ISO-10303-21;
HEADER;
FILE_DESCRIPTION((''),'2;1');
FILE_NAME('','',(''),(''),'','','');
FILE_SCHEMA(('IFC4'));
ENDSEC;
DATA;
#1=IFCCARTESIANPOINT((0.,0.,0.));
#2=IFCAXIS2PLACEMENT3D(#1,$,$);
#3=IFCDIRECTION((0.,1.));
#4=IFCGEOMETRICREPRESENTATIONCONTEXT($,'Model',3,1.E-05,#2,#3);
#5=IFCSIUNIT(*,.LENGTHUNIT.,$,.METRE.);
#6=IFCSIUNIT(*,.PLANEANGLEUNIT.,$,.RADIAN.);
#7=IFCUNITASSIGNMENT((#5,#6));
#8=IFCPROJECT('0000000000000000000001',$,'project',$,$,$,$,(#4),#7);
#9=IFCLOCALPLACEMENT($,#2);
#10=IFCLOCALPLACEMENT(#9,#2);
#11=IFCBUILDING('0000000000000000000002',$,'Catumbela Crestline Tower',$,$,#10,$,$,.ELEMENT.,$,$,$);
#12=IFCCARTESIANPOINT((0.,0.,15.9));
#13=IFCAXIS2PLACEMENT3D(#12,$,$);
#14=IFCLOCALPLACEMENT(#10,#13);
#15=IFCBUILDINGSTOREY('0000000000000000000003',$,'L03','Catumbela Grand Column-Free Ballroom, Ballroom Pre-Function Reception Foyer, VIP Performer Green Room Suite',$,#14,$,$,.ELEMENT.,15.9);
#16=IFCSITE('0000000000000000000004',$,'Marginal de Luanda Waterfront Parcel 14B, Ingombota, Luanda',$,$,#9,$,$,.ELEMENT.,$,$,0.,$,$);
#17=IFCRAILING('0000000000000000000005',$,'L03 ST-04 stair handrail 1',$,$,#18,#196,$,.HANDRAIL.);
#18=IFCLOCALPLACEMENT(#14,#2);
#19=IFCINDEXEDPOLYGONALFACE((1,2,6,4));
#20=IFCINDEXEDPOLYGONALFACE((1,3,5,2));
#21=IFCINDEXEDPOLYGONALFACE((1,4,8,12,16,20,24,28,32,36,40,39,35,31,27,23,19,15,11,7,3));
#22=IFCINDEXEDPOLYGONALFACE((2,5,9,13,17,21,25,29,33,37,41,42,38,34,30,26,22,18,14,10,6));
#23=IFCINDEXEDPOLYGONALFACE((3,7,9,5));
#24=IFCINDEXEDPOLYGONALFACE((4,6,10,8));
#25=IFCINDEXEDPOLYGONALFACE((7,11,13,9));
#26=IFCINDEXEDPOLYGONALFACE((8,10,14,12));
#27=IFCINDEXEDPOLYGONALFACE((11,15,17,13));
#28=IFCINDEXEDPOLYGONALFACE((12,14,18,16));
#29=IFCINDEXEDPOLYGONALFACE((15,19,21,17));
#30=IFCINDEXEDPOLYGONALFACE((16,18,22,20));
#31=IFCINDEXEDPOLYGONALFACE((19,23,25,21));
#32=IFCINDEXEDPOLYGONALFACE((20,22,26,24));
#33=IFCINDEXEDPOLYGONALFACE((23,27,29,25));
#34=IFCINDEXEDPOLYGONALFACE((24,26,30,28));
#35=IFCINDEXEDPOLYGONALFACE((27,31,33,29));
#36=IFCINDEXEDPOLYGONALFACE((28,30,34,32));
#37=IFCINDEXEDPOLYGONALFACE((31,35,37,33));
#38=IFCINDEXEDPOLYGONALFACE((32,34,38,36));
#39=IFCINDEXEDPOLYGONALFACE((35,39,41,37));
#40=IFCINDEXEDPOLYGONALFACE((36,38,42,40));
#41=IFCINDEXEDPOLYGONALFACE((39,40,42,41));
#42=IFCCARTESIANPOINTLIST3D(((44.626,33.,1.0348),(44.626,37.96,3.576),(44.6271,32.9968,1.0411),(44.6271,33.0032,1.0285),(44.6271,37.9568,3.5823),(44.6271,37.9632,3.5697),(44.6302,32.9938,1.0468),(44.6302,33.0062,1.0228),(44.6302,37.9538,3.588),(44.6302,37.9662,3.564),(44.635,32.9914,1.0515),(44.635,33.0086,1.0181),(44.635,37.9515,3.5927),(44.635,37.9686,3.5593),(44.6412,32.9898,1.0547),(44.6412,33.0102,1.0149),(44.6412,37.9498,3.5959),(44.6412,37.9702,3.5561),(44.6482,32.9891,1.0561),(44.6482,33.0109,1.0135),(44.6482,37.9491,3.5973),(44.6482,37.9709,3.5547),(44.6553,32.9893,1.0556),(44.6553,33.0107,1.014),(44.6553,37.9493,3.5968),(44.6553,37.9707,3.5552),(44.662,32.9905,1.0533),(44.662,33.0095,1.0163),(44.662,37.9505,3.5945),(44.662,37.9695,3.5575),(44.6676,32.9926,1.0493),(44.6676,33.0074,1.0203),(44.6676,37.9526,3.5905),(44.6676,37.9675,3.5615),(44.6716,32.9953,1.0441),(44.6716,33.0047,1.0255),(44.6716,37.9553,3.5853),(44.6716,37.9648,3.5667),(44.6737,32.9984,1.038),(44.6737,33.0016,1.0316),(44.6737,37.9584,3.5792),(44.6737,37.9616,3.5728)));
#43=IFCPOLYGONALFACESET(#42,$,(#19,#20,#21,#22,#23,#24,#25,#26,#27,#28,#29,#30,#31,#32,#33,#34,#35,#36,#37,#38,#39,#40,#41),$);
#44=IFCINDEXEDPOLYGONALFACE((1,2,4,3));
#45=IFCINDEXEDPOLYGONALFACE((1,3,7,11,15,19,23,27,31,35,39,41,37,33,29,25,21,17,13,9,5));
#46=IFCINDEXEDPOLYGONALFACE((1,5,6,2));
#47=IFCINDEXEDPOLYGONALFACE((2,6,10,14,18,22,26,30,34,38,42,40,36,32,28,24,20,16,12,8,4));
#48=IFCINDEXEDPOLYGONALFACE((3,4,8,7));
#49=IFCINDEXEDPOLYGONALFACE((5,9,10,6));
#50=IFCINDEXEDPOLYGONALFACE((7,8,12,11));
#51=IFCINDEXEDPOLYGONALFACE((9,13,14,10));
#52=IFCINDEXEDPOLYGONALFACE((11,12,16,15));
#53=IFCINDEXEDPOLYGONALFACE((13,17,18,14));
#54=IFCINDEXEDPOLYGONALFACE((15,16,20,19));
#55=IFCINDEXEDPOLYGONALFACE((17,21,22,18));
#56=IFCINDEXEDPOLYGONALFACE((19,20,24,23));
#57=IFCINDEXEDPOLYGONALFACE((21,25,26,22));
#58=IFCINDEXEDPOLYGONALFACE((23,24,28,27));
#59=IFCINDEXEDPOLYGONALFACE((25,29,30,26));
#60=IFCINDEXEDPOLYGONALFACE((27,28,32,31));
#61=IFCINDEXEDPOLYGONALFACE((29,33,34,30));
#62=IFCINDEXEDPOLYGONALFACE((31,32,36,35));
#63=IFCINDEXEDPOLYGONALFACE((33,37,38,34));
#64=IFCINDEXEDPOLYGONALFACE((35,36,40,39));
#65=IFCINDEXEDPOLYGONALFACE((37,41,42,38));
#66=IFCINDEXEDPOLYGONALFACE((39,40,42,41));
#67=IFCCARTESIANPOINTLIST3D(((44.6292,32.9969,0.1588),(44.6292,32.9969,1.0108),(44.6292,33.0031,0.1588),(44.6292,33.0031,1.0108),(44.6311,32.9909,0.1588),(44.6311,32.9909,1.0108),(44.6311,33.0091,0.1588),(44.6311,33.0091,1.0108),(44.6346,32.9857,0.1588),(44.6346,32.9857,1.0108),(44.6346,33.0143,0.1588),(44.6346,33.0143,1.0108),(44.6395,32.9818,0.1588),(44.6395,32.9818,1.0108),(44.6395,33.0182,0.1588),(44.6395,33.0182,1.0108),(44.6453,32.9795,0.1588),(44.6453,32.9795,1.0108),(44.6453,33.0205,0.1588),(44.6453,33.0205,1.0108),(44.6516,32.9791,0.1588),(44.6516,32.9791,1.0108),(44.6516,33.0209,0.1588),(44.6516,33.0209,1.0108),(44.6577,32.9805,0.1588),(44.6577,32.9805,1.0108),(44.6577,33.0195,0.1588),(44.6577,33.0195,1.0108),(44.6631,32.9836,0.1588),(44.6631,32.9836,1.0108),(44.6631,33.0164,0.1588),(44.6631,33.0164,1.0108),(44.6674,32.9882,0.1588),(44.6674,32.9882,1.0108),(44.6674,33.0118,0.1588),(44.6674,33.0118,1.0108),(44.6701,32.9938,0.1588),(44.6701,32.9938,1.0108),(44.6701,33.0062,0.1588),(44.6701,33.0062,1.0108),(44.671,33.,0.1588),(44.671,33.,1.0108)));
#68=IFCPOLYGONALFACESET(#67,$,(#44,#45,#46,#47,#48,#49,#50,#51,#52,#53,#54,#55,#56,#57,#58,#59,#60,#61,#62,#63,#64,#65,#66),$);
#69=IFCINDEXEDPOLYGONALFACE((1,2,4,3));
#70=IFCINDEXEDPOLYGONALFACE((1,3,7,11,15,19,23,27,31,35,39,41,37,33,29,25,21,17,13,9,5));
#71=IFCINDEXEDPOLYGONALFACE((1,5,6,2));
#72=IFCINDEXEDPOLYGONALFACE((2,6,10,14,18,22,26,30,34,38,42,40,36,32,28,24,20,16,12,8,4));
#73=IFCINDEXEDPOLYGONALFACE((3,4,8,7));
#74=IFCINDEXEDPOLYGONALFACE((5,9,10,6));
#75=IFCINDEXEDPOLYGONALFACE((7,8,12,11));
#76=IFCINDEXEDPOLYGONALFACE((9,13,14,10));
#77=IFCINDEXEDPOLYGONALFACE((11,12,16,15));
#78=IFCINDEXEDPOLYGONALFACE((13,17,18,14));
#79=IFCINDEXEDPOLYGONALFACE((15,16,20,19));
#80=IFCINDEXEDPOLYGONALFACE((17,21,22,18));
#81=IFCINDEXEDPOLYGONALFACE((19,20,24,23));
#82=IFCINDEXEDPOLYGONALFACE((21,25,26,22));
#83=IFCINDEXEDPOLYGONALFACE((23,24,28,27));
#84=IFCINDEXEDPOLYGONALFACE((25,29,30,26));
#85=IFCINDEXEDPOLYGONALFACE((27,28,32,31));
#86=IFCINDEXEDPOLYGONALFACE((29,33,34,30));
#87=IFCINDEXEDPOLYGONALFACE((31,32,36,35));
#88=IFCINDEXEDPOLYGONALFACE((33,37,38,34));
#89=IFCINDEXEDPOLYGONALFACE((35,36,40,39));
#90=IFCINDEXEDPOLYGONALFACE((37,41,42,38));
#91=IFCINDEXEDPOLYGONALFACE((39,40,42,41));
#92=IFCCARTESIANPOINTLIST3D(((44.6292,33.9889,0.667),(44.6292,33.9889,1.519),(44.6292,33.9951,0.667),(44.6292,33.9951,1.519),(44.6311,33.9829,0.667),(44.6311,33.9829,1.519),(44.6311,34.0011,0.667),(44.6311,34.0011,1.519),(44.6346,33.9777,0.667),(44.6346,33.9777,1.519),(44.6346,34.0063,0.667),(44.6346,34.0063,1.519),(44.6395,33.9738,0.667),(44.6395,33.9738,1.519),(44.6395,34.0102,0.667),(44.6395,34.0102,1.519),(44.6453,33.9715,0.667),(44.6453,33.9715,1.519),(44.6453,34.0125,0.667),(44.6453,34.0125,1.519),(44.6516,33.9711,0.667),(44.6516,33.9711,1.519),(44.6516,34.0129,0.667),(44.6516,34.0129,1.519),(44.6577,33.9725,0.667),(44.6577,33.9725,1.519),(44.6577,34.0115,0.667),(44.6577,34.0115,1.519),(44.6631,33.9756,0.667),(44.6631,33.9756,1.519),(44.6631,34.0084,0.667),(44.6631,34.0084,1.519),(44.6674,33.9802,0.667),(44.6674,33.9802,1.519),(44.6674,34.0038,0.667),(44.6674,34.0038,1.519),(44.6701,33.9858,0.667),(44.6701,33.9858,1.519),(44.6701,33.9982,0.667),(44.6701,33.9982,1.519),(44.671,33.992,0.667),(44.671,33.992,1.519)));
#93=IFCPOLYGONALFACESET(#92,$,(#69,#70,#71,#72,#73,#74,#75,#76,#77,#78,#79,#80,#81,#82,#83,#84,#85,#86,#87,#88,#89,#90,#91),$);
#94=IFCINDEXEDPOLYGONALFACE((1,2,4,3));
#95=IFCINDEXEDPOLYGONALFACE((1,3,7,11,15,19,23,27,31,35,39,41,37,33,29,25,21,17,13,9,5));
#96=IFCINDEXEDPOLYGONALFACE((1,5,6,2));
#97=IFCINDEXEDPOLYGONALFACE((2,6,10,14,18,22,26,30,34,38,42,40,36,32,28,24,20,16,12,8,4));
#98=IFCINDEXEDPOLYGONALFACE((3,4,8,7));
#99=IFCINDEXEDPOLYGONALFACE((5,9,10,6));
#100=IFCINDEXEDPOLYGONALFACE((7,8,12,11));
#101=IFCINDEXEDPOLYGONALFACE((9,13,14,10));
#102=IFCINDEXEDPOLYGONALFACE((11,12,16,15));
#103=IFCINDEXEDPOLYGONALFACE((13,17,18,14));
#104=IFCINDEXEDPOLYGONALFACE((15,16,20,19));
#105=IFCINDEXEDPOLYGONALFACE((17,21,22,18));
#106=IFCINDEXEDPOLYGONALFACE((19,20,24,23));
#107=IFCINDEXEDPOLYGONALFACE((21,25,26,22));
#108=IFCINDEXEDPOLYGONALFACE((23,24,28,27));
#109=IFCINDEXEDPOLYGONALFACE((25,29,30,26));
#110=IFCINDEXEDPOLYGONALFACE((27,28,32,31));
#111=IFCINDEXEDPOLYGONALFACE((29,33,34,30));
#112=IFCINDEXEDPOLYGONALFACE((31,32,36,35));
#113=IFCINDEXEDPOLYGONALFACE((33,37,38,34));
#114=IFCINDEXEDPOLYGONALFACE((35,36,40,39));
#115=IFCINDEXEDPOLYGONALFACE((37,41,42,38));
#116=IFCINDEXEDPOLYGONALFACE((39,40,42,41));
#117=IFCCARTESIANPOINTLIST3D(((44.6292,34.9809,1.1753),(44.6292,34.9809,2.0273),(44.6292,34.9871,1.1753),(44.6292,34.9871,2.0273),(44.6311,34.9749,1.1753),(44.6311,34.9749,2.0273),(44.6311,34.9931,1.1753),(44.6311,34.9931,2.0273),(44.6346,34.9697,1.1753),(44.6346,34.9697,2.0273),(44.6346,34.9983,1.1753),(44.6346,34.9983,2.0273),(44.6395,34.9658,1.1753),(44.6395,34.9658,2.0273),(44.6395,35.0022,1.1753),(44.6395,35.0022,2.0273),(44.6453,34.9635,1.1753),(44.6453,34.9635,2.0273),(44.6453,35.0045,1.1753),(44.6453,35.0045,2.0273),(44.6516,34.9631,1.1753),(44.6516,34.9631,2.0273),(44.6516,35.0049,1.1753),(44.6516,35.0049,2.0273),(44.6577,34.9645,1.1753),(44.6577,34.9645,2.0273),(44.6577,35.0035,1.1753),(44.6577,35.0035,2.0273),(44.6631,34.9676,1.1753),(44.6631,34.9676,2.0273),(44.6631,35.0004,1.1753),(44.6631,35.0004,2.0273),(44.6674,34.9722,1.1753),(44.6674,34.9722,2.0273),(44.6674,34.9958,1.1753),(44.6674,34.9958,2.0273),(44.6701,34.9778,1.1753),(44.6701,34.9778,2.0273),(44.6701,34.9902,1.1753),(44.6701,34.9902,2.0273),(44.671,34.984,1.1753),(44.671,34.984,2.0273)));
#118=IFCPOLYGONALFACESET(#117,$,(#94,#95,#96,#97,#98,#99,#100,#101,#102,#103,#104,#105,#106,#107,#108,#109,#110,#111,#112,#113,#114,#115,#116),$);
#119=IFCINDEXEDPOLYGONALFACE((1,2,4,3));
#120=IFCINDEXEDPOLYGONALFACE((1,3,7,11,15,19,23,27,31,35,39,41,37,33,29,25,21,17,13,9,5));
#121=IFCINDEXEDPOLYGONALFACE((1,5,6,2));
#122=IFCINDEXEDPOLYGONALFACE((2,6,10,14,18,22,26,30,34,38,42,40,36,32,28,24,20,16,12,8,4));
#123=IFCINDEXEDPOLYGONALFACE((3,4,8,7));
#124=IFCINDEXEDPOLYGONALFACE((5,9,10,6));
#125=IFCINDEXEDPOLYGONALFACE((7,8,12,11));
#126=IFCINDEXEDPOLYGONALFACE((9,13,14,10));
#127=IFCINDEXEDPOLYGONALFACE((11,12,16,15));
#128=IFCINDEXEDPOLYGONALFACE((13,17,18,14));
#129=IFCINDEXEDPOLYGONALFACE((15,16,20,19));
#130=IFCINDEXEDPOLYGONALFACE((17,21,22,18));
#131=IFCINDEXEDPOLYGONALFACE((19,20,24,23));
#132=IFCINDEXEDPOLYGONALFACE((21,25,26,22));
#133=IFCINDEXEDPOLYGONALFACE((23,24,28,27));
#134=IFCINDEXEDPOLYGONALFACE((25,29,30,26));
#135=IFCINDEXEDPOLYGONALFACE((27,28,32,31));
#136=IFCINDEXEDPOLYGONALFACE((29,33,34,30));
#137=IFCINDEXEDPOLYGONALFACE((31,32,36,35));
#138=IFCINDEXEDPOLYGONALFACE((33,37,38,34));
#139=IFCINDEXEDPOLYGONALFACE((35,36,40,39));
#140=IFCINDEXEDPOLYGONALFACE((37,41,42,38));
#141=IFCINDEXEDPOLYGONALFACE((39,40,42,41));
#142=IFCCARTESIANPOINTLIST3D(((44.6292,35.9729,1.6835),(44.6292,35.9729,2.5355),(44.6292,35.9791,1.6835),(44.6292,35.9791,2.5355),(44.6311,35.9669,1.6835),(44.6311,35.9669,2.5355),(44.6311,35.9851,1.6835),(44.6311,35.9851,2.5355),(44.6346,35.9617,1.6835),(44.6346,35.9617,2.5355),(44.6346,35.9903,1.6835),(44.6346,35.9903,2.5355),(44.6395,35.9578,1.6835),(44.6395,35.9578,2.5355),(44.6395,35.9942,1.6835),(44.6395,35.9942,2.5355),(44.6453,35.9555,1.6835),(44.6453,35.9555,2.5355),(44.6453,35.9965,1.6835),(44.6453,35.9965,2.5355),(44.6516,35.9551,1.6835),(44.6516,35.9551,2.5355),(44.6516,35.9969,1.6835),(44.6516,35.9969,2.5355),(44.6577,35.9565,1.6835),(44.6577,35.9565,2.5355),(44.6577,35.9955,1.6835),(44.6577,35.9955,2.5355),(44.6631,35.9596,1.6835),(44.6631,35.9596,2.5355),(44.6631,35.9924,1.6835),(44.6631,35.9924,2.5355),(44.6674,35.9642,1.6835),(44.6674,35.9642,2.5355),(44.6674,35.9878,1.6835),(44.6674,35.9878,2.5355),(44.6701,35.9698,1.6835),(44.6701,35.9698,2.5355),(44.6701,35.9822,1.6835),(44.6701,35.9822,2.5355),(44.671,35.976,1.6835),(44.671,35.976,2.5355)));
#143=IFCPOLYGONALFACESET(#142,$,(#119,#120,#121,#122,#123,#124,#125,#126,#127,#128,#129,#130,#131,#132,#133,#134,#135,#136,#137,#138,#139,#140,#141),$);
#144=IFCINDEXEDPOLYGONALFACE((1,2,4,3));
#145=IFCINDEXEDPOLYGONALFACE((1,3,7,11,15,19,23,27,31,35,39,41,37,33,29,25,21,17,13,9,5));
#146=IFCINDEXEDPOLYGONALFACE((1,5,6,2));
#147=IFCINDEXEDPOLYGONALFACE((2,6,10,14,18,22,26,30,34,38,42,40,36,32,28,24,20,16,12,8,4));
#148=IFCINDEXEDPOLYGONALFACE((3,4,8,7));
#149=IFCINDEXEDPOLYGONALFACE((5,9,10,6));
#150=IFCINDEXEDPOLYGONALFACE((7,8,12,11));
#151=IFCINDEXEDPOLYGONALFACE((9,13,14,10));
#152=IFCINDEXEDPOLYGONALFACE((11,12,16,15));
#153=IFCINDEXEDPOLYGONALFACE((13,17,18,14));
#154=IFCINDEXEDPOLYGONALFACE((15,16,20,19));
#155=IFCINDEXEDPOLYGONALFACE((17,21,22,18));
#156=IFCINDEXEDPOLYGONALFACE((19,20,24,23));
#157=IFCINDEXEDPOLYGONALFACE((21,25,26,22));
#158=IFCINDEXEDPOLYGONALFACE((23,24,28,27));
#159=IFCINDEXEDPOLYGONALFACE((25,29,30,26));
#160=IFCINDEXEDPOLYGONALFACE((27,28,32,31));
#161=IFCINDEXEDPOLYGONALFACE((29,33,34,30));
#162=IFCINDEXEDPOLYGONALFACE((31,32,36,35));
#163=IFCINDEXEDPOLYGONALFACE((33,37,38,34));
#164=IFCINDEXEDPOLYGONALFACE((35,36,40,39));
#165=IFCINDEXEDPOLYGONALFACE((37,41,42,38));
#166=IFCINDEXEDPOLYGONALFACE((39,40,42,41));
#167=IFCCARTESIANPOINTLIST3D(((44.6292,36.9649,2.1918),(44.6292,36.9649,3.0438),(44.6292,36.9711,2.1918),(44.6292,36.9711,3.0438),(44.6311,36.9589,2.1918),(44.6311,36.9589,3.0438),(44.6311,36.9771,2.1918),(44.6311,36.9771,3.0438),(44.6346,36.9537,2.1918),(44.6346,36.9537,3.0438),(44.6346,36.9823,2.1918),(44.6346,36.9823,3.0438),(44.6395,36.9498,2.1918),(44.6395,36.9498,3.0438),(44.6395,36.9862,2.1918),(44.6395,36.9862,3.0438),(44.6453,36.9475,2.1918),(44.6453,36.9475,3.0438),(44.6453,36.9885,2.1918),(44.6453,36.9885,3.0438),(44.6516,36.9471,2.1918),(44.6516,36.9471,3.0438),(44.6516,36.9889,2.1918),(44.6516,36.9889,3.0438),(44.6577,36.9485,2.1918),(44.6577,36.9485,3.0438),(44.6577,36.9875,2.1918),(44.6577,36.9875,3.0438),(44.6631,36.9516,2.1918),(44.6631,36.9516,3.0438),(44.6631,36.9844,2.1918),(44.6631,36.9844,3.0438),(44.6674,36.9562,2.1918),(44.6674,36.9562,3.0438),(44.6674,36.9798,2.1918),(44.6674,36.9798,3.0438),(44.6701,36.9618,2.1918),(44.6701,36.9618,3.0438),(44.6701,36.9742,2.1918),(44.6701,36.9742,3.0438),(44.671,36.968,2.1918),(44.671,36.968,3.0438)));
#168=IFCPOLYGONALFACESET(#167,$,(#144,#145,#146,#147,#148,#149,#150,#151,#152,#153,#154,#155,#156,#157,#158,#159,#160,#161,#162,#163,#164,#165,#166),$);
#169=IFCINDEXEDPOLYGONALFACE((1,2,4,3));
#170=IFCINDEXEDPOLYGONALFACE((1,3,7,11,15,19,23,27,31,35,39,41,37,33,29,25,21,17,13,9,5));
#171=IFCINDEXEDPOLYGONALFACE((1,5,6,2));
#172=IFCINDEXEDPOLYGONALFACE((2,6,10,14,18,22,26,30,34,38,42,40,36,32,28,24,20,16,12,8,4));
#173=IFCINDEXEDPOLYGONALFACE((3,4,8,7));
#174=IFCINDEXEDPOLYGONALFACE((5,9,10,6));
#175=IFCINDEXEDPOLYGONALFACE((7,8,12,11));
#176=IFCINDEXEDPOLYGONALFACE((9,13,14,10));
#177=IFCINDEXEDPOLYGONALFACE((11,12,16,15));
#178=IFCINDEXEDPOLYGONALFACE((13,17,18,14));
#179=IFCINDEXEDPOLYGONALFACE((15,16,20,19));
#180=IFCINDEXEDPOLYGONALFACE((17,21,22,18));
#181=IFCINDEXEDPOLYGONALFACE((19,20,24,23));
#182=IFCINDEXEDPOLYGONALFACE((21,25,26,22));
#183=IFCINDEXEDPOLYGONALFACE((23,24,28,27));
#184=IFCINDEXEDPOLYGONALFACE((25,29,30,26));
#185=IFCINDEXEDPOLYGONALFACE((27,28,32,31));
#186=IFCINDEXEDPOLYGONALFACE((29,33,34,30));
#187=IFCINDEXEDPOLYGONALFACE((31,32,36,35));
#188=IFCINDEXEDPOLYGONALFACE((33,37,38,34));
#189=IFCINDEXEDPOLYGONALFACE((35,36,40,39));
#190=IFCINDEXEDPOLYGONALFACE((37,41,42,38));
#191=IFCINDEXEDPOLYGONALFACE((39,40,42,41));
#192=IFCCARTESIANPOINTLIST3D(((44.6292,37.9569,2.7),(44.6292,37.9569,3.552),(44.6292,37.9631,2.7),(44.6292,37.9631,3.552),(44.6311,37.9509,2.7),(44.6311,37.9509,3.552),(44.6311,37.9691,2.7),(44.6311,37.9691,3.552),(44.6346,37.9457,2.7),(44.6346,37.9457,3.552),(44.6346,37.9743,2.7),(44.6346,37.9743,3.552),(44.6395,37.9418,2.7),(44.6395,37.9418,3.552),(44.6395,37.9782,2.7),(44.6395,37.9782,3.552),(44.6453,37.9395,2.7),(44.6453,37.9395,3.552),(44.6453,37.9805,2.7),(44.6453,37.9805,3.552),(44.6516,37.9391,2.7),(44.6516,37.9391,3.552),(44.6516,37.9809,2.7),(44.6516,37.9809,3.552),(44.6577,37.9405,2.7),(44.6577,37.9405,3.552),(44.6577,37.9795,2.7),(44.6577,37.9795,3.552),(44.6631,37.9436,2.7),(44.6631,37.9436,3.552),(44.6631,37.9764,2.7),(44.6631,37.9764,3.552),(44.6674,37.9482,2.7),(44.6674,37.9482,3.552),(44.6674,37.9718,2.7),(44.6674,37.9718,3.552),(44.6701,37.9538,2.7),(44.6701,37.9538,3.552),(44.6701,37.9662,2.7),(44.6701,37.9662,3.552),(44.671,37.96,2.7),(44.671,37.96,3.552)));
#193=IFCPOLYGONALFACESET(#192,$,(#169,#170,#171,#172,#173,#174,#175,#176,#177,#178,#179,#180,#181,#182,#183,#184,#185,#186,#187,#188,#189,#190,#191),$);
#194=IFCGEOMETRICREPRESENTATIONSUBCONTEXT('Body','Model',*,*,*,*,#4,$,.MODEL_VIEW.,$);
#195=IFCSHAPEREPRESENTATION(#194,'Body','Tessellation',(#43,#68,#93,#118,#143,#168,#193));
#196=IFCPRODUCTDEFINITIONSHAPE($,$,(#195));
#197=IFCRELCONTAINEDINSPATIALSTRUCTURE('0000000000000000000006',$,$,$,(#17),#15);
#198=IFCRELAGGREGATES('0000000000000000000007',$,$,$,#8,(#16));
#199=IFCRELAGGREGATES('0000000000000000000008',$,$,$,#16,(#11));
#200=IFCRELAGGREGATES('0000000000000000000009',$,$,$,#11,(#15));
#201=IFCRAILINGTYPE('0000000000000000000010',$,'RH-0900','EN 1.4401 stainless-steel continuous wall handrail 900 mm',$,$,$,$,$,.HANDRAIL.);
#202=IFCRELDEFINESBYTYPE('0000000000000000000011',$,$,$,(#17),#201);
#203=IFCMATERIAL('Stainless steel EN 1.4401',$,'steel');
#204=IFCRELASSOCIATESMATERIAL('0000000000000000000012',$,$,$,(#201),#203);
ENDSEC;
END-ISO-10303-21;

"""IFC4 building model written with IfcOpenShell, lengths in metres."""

from ifc_helpers import new_model, si_unit, direction, frame, origin, origin_2d, place, context, subcontext, project, spatial, circle, extrude, material, type_object, element, save


model = new_model("IFC4")

# Units and contexts
model_context = context("Model", 3, precision=1e-05, world=origin(), true_north=direction((0.0, 1.0)))
body_context = subcontext(model_context, "Body", "Model", "MODEL_VIEW")
ifc_project = project(units=[si_unit("LENGTHUNIT", "METRE"), si_unit("PLANEANGLEUNIT", "RADIAN")], contexts=[model_context])

# Site, building, storey
site_placement = place(None, origin())
site = spatial("IfcSite", under=ifc_project, at=site_placement, Name="Marginal de Luanda Waterfront Parcel 14B, Ingombota, Luanda", CompositionType="ELEMENT", RefElevation=0.0)
building_placement = place(site_placement, origin())
building = spatial("IfcBuilding", under=site, at=building_placement, Name="Catumbela Crestline Tower", CompositionType="ELEMENT")
storey_placement = place(building_placement, frame((0.0, 0.0, 15.9)))
storey = spatial("IfcBuildingStorey", under=building, at=storey_placement, Name="L03", Description="Catumbela Grand Column-Free Ballroom, Ballroom Pre-Function Reception Foyer, VIP Performer Green Room Suite", CompositionType="ELEMENT", Elevation=15.9)

# Railing
ifc_material_1 = material(Name="Stainless steel EN 1.4401", Category="steel")
railing_type_1 = type_object("IfcRailingType", Name="RH-0900", Description="EN 1.4401 stainless-steel continuous wall handrail 900 mm", PredefinedType="HANDRAIL", material=ifc_material_1)
railing_1_placement = place(storey_placement, frame((44.65, 33.0, 0.1588)))
element("IfcRailing", 1, at=railing_1_placement, inside=storey, type_object=railing_type_1, Name="L03 ST-04 stair handrail 1", PredefinedType="HANDRAIL", context=body_context, shape_type="SweptSolid", body=[
    extrude(circle(Radius=0.024, at=origin_2d()), frame((0.0, 0.0, 0.876), z_axis=(0.0, 0.889992, 0.455977), x_axis=(-1.0, 0.0, 0.0)), (0.0, 0.0, 1.0), 5.5731),
    extrude(circle(Radius=0.021, at=origin_2d()), origin(), (0.0, 0.0, 1.0), 0.852),
    extrude(circle(Radius=0.021, at=origin_2d()), frame((0.0, 0.992, 0.5082)), (0.0, 0.0, 1.0), 0.852),
    extrude(circle(Radius=0.021, at=origin_2d()), frame((0.0, 1.984, 1.0165)), (0.0, 0.0, 1.0), 0.852),
    extrude(circle(Radius=0.021, at=origin_2d()), frame((0.0, 2.976, 1.5247)), (0.0, 0.0, 1.0), 0.852),
    extrude(circle(Radius=0.021, at=origin_2d()), frame((0.0, 3.968, 2.033)), (0.0, 0.0, 1.0), 0.852),
    extrude(circle(Radius=0.021, at=origin_2d()), frame((0.0, 4.96, 2.5412)), (0.0, 0.0, 1.0), 0.852),
])

save(model, "model.ifc")
